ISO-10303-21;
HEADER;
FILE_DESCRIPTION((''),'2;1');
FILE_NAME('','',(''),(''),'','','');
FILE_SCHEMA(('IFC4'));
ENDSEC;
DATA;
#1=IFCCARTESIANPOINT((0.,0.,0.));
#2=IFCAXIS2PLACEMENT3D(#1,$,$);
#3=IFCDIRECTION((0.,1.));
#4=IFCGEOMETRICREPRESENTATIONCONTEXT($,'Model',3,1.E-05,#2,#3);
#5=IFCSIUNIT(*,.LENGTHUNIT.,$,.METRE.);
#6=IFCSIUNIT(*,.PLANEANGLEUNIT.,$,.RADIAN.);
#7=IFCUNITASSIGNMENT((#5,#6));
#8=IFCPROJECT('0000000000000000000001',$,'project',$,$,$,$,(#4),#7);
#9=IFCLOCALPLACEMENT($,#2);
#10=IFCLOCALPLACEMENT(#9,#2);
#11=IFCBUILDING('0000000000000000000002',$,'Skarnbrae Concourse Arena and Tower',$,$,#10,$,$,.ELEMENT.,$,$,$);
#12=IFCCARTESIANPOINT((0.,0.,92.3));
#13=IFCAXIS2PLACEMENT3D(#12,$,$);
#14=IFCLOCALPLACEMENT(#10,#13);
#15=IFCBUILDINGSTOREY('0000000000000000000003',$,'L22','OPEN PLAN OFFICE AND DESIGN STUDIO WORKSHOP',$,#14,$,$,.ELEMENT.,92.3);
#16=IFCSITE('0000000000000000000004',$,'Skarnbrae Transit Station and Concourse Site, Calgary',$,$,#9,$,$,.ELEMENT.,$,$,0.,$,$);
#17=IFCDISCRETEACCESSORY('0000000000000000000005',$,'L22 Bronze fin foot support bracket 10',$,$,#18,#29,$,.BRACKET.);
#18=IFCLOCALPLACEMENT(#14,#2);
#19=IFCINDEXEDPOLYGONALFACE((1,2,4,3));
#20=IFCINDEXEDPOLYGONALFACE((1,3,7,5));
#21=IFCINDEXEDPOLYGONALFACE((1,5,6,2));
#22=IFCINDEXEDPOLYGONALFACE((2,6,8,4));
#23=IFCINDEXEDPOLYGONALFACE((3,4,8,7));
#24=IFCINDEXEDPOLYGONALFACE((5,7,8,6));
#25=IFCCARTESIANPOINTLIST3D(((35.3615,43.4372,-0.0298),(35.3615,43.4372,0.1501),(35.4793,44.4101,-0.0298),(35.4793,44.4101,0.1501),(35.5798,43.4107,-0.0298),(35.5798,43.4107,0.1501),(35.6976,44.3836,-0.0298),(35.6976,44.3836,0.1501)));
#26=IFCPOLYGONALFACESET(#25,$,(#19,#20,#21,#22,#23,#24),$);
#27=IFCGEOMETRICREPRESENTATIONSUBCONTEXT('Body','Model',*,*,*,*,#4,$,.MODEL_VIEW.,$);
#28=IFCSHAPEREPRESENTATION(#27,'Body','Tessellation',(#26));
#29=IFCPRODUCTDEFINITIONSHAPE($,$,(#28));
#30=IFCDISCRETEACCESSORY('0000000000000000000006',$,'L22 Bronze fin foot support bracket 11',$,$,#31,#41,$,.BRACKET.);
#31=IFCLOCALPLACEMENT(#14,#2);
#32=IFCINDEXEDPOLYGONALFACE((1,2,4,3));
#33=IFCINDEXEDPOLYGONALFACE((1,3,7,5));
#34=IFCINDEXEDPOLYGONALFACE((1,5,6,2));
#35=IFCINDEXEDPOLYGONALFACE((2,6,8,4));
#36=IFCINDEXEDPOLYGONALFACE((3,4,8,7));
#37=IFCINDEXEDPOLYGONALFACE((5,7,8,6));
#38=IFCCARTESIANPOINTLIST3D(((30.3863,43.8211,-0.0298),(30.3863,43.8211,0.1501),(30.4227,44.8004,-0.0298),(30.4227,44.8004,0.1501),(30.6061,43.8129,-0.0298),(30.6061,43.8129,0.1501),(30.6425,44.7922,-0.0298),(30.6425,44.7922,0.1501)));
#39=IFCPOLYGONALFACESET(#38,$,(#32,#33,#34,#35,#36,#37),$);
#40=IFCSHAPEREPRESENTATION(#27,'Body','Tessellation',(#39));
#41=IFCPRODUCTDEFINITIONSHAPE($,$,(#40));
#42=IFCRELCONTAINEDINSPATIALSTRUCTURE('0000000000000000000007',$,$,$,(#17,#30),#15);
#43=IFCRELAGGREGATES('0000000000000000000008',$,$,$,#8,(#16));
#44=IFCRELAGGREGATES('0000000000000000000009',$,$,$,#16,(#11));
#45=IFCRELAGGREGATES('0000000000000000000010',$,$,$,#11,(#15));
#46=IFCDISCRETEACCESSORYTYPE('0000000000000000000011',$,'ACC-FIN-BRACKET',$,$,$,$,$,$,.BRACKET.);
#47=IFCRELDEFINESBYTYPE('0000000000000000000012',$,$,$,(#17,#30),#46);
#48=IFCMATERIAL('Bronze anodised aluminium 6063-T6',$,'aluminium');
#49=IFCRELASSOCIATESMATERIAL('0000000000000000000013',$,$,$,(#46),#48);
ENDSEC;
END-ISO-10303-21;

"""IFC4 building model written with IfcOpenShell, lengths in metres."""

from ifc_helpers import new_model, si_unit, direction, frame, origin, origin_2d, place, context, subcontext, project, spatial, rectangle, extrude, source, transform, mapped, material, type_object, element, save


model = new_model("IFC4")

# Units and contexts
model_context = context("Model", 3, precision=1e-05, world=origin(), true_north=direction((0.0, 1.0)))
body_context = subcontext(model_context, "Body", "Model", "MODEL_VIEW")
ifc_project = project(units=[si_unit("LENGTHUNIT", "METRE"), si_unit("PLANEANGLEUNIT", "RADIAN")], contexts=[model_context])

# Site, building, storey
site_placement = place(None, origin())
site = spatial("IfcSite", under=ifc_project, at=site_placement, Name="Skarnbrae Transit Station and Concourse Site, Calgary", CompositionType="ELEMENT", RefElevation=0.0)
building_placement = place(site_placement, origin())
building = spatial("IfcBuilding", under=site, at=building_placement, Name="Skarnbrae Concourse Arena and Tower", CompositionType="ELEMENT")
storey_placement = place(building_placement, frame((0.0, 0.0, 92.3)))
storey = spatial("IfcBuildingStorey", under=building, at=storey_placement, Name="L22", Description="OPEN PLAN OFFICE AND DESIGN STUDIO WORKSHOP", CompositionType="ELEMENT", Elevation=92.3)

# Shared definitions
ifc_material_1 = material(Name="Bronze anodised aluminium 6063-T6", Category="aluminium")

# Discrete accessories
discrete_accessory_type = type_object("IfcDiscreteAccessoryType", Name="ACC-FIN-BRACKET", PredefinedType="BRACKET", material=ifc_material_1)
shared_shape_1 = source(origin(), body_context, "Body", "SweptSolid", [
    extrude(rectangle(XDim=0.22, YDim=0.98, at=origin_2d()), origin(), (0.0, 0.0, 1.0), 0.1799),
])
for number, where, z_axis, x_axis, name in (
    (1, (35.5295, 43.9104, -0.0298), (0.0, 0.0, 1.0), (0.992749, -0.120206, 0.0), "L22 Bronze fin foot support bracket 10"),
    (2, (30.5144, 44.3066, -0.0298), (0.0, 0.0, 1.0), (0.999308, -0.037184, 0.0), "L22 Bronze fin foot support bracket 11"),
):
    element("IfcDiscreteAccessory", number, at=place(storey_placement, frame(where, z_axis=z_axis, x_axis=x_axis)), inside=storey, type_object=discrete_accessory_type, Name=name, PredefinedType="BRACKET", context=body_context, shape_type="MappedRepresentation", body=[
        mapped(shared_shape_1, transform((0.0, 0.0, 0.0))),
    ])

save(model, "model.ifc")
